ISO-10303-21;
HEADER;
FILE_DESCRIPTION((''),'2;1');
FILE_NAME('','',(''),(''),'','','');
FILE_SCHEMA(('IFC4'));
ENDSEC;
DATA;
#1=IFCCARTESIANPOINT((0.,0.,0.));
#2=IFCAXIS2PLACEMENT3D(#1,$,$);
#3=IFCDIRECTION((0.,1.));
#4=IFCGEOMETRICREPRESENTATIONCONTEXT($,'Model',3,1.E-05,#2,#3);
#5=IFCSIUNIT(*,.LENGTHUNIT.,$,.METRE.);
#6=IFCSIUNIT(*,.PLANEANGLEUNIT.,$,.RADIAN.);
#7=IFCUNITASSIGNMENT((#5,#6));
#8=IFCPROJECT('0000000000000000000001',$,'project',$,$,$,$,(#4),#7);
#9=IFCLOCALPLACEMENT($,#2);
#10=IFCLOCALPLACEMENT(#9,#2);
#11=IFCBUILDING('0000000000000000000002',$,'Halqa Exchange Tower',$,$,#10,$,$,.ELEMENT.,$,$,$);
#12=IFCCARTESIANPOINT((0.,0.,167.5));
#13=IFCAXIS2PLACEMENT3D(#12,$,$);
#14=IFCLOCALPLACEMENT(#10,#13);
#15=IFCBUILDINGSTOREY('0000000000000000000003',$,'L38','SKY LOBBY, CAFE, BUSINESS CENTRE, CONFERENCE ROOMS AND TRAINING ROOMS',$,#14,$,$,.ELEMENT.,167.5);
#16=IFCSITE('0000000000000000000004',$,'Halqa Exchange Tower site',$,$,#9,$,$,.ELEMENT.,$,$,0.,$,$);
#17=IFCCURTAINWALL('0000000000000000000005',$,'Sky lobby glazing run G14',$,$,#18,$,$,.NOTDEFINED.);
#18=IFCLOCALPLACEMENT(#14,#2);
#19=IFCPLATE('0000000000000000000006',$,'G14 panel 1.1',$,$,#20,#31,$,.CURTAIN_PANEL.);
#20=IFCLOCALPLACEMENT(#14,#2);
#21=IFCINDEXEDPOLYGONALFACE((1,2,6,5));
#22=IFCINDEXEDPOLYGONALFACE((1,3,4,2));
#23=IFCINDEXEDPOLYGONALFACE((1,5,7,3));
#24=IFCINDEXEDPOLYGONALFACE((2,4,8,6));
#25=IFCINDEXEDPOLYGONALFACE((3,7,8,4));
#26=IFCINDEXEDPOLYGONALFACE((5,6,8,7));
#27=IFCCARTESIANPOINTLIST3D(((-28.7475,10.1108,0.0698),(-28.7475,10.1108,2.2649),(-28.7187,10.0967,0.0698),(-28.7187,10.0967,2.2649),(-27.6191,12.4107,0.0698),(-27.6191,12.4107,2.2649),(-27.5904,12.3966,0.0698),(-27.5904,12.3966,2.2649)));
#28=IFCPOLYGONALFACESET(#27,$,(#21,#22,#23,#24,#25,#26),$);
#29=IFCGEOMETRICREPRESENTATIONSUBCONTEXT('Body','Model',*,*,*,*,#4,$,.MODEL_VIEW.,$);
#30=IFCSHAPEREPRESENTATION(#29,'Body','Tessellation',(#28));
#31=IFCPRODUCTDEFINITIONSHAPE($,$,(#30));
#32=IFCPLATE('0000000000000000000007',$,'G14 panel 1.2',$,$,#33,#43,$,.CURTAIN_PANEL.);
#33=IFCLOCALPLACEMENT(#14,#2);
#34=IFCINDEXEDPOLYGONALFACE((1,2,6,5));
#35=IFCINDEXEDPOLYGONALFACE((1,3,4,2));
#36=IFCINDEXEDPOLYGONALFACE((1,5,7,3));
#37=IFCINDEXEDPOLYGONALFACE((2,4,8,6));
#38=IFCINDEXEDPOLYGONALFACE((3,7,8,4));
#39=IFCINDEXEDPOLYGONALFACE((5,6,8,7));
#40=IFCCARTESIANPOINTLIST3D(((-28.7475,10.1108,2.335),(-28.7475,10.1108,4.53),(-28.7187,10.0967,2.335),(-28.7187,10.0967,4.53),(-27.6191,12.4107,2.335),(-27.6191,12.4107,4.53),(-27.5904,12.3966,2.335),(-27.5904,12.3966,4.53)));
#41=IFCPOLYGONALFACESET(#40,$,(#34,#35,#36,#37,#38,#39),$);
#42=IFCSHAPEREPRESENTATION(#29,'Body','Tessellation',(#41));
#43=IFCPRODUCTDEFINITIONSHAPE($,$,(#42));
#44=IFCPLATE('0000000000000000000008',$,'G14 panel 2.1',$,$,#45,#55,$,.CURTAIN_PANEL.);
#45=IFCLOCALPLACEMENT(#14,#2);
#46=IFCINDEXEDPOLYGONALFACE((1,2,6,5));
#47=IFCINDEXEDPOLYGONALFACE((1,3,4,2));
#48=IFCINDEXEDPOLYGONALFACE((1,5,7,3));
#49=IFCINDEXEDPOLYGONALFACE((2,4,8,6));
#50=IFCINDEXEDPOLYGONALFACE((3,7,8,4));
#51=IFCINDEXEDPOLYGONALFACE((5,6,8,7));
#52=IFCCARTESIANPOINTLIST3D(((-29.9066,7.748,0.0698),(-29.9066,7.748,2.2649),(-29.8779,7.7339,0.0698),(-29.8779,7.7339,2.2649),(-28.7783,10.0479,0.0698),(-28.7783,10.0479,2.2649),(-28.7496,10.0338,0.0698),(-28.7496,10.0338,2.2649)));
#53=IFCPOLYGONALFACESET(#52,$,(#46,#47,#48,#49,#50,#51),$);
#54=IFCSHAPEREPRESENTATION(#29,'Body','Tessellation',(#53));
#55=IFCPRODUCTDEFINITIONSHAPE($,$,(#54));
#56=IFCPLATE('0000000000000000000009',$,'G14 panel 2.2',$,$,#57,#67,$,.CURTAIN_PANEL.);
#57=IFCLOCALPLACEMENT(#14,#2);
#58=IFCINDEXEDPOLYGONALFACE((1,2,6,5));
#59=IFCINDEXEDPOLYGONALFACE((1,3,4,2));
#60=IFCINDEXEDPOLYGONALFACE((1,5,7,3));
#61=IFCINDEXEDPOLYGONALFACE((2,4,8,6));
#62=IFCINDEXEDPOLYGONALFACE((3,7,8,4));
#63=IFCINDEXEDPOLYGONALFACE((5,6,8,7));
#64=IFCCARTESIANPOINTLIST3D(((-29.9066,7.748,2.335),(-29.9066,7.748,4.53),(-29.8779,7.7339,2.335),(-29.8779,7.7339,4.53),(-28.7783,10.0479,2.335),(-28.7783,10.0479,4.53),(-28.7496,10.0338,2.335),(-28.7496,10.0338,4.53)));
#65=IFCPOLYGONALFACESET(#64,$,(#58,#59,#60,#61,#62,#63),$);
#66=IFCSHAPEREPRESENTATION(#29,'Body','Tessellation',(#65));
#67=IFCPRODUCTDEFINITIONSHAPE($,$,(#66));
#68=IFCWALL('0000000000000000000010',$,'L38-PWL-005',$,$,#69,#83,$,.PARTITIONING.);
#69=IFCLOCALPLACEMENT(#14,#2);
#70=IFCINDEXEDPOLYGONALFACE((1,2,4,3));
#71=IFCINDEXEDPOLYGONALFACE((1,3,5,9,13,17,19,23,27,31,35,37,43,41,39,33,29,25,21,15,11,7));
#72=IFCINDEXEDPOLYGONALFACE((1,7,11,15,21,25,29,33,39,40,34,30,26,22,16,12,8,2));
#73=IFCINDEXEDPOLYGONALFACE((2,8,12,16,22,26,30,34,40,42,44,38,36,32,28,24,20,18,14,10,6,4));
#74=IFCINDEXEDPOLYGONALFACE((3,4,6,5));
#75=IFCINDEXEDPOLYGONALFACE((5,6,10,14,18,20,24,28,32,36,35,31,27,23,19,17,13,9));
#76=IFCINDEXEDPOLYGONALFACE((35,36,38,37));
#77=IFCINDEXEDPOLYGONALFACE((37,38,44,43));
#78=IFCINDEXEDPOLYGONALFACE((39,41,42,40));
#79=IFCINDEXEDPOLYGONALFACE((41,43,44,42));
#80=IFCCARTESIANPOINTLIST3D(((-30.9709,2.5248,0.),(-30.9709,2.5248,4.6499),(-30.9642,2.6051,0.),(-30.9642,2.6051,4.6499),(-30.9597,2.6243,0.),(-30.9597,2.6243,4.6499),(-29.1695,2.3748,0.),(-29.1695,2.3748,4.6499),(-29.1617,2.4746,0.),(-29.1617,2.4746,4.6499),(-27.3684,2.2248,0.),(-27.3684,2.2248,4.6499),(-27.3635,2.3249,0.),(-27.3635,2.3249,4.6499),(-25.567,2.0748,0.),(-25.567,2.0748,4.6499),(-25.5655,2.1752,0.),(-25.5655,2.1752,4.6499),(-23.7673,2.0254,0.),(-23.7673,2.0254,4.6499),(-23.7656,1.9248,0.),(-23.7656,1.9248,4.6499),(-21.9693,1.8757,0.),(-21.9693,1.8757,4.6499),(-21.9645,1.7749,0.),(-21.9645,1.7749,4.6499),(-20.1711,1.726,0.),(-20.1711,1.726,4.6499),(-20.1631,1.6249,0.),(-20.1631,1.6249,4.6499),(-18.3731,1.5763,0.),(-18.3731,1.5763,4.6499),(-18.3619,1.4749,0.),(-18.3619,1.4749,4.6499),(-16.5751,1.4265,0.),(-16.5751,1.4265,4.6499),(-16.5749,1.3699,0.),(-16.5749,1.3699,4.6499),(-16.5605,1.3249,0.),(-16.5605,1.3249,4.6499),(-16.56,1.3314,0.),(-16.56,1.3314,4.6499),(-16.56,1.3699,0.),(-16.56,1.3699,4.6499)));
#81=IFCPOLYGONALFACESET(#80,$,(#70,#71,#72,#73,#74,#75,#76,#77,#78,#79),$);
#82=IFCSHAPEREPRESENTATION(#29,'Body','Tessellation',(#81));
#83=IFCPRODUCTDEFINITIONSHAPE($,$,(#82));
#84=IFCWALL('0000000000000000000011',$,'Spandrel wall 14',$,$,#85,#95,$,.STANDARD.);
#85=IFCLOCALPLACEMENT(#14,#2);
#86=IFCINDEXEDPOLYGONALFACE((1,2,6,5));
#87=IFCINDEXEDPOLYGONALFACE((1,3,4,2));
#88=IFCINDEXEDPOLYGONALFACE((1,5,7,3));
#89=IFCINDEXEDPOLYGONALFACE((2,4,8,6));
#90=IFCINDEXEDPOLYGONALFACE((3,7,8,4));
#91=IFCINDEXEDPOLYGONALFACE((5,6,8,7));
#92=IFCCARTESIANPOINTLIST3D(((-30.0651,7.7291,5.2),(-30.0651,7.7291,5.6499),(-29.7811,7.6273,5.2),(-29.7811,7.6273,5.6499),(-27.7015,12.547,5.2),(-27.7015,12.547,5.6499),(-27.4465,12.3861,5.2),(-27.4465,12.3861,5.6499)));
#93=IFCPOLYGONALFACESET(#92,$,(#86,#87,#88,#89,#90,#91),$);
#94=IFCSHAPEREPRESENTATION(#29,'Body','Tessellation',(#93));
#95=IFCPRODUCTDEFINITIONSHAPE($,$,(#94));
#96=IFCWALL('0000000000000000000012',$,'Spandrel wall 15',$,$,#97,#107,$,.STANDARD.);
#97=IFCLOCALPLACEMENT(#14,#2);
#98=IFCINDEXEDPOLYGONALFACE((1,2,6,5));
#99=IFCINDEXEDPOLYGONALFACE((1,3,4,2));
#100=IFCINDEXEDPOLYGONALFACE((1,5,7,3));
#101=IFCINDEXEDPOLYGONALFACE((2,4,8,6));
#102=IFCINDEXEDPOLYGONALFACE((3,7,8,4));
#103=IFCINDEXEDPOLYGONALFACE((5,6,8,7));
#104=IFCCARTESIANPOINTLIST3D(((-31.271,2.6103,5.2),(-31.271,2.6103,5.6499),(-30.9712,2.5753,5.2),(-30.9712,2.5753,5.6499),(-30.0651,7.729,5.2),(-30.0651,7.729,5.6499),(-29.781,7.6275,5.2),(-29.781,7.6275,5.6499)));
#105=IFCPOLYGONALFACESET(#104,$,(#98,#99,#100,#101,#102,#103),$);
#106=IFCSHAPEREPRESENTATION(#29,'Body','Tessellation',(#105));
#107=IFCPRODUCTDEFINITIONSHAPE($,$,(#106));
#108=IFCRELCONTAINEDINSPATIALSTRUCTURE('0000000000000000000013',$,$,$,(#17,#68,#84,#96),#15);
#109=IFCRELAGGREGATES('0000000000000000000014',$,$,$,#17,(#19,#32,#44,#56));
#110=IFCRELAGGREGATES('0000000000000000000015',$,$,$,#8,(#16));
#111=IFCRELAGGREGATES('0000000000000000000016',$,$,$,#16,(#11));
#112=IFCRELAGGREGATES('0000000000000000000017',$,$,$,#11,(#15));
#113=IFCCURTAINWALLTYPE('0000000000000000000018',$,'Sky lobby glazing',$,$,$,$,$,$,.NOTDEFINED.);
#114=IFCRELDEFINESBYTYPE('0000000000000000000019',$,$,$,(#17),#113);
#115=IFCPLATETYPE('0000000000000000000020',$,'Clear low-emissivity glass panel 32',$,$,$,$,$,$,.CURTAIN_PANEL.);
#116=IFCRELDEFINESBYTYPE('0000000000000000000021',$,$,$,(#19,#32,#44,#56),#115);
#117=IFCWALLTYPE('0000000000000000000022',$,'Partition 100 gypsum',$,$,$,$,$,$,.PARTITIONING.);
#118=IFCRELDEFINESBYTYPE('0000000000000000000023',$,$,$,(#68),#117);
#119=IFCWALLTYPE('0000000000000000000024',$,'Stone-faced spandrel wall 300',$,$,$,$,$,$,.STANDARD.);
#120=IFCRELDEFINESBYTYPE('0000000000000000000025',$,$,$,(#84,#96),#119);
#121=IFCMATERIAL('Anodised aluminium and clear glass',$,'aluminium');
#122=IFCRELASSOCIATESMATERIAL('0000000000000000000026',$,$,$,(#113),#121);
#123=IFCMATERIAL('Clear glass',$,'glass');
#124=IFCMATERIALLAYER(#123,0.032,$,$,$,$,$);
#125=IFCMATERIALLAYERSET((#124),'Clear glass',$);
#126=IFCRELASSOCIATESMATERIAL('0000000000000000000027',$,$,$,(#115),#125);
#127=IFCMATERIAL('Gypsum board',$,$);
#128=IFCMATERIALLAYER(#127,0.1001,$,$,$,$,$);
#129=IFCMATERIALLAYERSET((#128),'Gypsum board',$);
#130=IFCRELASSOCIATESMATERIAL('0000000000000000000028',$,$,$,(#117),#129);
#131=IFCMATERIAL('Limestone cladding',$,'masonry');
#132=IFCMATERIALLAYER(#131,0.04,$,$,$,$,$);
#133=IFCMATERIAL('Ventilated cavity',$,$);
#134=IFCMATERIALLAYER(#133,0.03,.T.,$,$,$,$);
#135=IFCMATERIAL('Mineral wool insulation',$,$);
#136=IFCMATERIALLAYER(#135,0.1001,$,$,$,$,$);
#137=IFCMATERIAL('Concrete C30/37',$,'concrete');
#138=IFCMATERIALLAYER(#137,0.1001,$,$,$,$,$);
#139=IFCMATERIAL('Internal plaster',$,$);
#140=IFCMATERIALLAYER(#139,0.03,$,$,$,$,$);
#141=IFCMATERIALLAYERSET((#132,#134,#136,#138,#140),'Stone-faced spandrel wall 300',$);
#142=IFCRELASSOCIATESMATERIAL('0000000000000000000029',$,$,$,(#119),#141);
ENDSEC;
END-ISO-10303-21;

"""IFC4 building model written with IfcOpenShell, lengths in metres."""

from ifc_helpers import new_model, si_unit, direction, frame, origin, origin_2d, place, context, subcontext, project, spatial, polyline, rectangle, outline, extrude, material, layer, layer_set, type_object, element, aggregate, save


model = new_model("IFC4")

# Units and contexts
model_context = context("Model", 3, precision=1e-05, world=origin(), true_north=direction((0.0, 1.0)))
body_context = subcontext(model_context, "Body", "Model", "MODEL_VIEW")
ifc_project = project(units=[si_unit("LENGTHUNIT", "METRE"), si_unit("PLANEANGLEUNIT", "RADIAN")], contexts=[model_context])

# Site, building, storey
site_placement = place(None, origin())
site = spatial("IfcSite", under=ifc_project, at=site_placement, Name="Halqa Exchange Tower site", CompositionType="ELEMENT", RefElevation=0.0)
building_placement = place(site_placement, origin())
building = spatial("IfcBuilding", under=site, at=building_placement, Name="Halqa Exchange Tower", CompositionType="ELEMENT")
storey_placement = place(building_placement, frame((0.0, 0.0, 167.5)))
storey = spatial("IfcBuildingStorey", under=building, at=storey_placement, Name="L38", Description="SKY LOBBY, CAFE, BUSINESS CENTRE, CONFERENCE ROOMS AND TRAINING ROOMS", CompositionType="ELEMENT", Elevation=167.5)

# Curtain wall
ifc_material_1 = material(Name="Anodised aluminium and clear glass", Category="aluminium")
curtain_wall_type = type_object("IfcCurtainWallType", Name="Sky lobby glazing", PredefinedType="NOTDEFINED", material=ifc_material_1)
curtain_wall_1_placement = place(storey_placement, origin())
curtain_wall_1 = element("IfcCurtainWall", 1, at=curtain_wall_1_placement, inside=storey, type_object=curtain_wall_type, Name="Sky lobby glazing run G14", PredefinedType="NOTDEFINED")

# Plates
ifc_material_2 = material(Name="Clear glass", Category="glass")
ifc_layer_1 = layer(ifc_material_2, 0.032)
ifc_layer_set_1 = layer_set([ifc_layer_1], Name="Clear glass")
plate_type = type_object("IfcPlateType", Name="Clear low-emissivity glass panel 32", PredefinedType="CURTAIN_PANEL", material=ifc_layer_set_1)
plate_1_placement = place(storey_placement, frame((-28.1689, 11.2537, 0.0698), z_axis=(0.0, 0.0, 1.0), x_axis=(-0.440444, -0.89778, 0.0)))
plate_1 = element("IfcPlate", 2, at=plate_1_placement, type_object=plate_type, Name="G14 panel 1.1", PredefinedType="CURTAIN_PANEL", context=body_context, shape_type="SweptSolid", body=[
    extrude(rectangle(XDim=2.5618, YDim=0.032, at=origin_2d()), origin(), (0.0, 0.0, 1.0), 2.1951),
])
plate_2_placement = place(storey_placement, frame((-28.1689, 11.2537, 2.335), z_axis=(0.0, 0.0, 1.0), x_axis=(-0.440444, -0.89778, 0.0)))
plate_2 = element("IfcPlate", 3, at=plate_2_placement, type_object=plate_type, Name="G14 panel 1.2", PredefinedType="CURTAIN_PANEL", context=body_context, shape_type="SweptSolid", body=[
    extrude(rectangle(XDim=2.5618, YDim=0.032, at=origin_2d()), origin(), (0.0, 0.0, 1.0), 2.1951),
])
plate_3_placement = place(storey_placement, frame((-29.3281, 8.8909, 0.0698), z_axis=(0.0, 0.0, 1.0), x_axis=(-0.440444, -0.89778, 0.0)))
plate_3 = element("IfcPlate", 4, at=plate_3_placement, type_object=plate_type, Name="G14 panel 2.1", PredefinedType="CURTAIN_PANEL", context=body_context, shape_type="SweptSolid", body=[
    extrude(rectangle(XDim=2.5618, YDim=0.032, at=origin_2d()), origin(), (0.0, 0.0, 1.0), 2.1951),
])
plate_4_placement = place(storey_placement, frame((-29.3281, 8.8909, 2.335), z_axis=(0.0, 0.0, 1.0), x_axis=(-0.440444, -0.89778, 0.0)))
plate_4 = element("IfcPlate", 5, at=plate_4_placement, type_object=plate_type, Name="G14 panel 2.2", PredefinedType="CURTAIN_PANEL", context=body_context, shape_type="SweptSolid", body=[
    extrude(rectangle(XDim=2.5618, YDim=0.032, at=origin_2d()), origin(), (0.0, 0.0, 1.0), 2.1951),
])
aggregate(curtain_wall_1, [plate_1, plate_2, plate_3, plate_4])

# Walls
ifc_material_3 = material(Name="Gypsum board")
ifc_layer_2 = layer(ifc_material_3, 0.1001)
ifc_layer_set_2 = layer_set([ifc_layer_2], Name="Gypsum board")
wall_type_1 = type_object("IfcWallType", Name="Partition 100 gypsum", PredefinedType="PARTITIONING", material=ifc_layer_set_2)
wall_1_placement = place(storey_placement, frame((-16.5564, 1.3748, 0.0), z_axis=(0.0, 0.0, 1.0), x_axis=(-0.996551, 0.082983, 0.0)))
element("IfcWall", 6, at=wall_1_placement, inside=storey, type_object=wall_type_1, Name="L38-PWL-005", PredefinedType="PARTITIONING", context=body_context, shape_type="SweptSolid", body=[
    extrude(outline(polyline([(0.0229, -0.05), (1.8271, -0.05), (3.6313, -0.05), (5.4358, -0.05), (7.24, -0.05), (9.0444, -0.05), (10.8486, -0.05), (12.6531, -0.05), (14.4573, -0.05), (14.4602, -0.0305), (14.4602, 0.05), (12.6526, 0.05), (10.8452, 0.05), (9.0376, 0.05), (7.23, 0.05), (5.4226, 0.05), (3.615, 0.05), (1.8076, 0.05), (0.0, 0.05), (0.0, 0.0435), (0.0032, 0.0051), (0.0181, 0.0063), (0.0229, -0.05)])), origin(), (0.0, 0.0, 1.0), 4.6499),
])
ifc_material_4 = material(Name="Limestone cladding", Category="masonry")
ifc_layer_3 = layer(ifc_material_4, 0.04)
ifc_material_5 = material(Name="Ventilated cavity")
ifc_layer_4 = layer(ifc_material_5, 0.03, ventilated=True)
ifc_material_6 = material(Name="Mineral wool insulation")
ifc_layer_5 = layer(ifc_material_6, 0.1001)
ifc_material_7 = material(Name="Concrete C30/37", Category="concrete")
ifc_layer_6 = layer(ifc_material_7, 0.1001)
ifc_material_8 = material(Name="Internal plaster")
ifc_layer_7 = layer(ifc_material_8, 0.03)
ifc_layer_set_3 = layer_set([ifc_layer_3, ifc_layer_4, ifc_layer_5, ifc_layer_6, ifc_layer_7], Name="Stone-faced spandrel wall 300")
wall_type_2 = type_object("IfcWallType", Name="Stone-faced spandrel wall 300", PredefinedType="STANDARD", material=ifc_layer_set_3)
wall_2_placement = place(storey_placement, frame((-27.574, 12.4666, 5.2), z_axis=(0.0, 0.0, 1.0), x_axis=(-0.440444, -0.89778, 0.0)))
element("IfcWall", 7, at=wall_2_placement, inside=storey, type_object=wall_type_2, Name="Spandrel wall 14", PredefinedType="STANDARD", context=body_context, shape_type="SweptSolid", body=[
    extrude(outline(polyline([(-0.0161, -0.1499), (5.3503, -0.1499), (5.3167, 0.1499), (0.0161, 0.1499), (-0.0161, -0.1499)])), origin(), (0.0, 0.0, 1.0), 0.45),
])
wall_3_placement = place(storey_placement, frame((-29.9231, 7.6782, 5.2), z_axis=(0.0, 0.0, 1.0), x_axis=(-0.229297, -0.973356, 0.0)))
element("IfcWall", 8, at=wall_3_placement, inside=storey, type_object=wall_type_2, Name="Spandrel wall 15", PredefinedType="STANDARD", context=body_context, shape_type="SweptSolid", body=[
    extrude(outline(polyline([(-0.0168, -0.1499), (5.2419, -0.1499), (5.2073, 0.1499), (0.0168, 0.1499), (-0.0168, -0.1499)])), origin(), (0.0, 0.0, 1.0), 0.45),
])

save(model, "model.ifc")
